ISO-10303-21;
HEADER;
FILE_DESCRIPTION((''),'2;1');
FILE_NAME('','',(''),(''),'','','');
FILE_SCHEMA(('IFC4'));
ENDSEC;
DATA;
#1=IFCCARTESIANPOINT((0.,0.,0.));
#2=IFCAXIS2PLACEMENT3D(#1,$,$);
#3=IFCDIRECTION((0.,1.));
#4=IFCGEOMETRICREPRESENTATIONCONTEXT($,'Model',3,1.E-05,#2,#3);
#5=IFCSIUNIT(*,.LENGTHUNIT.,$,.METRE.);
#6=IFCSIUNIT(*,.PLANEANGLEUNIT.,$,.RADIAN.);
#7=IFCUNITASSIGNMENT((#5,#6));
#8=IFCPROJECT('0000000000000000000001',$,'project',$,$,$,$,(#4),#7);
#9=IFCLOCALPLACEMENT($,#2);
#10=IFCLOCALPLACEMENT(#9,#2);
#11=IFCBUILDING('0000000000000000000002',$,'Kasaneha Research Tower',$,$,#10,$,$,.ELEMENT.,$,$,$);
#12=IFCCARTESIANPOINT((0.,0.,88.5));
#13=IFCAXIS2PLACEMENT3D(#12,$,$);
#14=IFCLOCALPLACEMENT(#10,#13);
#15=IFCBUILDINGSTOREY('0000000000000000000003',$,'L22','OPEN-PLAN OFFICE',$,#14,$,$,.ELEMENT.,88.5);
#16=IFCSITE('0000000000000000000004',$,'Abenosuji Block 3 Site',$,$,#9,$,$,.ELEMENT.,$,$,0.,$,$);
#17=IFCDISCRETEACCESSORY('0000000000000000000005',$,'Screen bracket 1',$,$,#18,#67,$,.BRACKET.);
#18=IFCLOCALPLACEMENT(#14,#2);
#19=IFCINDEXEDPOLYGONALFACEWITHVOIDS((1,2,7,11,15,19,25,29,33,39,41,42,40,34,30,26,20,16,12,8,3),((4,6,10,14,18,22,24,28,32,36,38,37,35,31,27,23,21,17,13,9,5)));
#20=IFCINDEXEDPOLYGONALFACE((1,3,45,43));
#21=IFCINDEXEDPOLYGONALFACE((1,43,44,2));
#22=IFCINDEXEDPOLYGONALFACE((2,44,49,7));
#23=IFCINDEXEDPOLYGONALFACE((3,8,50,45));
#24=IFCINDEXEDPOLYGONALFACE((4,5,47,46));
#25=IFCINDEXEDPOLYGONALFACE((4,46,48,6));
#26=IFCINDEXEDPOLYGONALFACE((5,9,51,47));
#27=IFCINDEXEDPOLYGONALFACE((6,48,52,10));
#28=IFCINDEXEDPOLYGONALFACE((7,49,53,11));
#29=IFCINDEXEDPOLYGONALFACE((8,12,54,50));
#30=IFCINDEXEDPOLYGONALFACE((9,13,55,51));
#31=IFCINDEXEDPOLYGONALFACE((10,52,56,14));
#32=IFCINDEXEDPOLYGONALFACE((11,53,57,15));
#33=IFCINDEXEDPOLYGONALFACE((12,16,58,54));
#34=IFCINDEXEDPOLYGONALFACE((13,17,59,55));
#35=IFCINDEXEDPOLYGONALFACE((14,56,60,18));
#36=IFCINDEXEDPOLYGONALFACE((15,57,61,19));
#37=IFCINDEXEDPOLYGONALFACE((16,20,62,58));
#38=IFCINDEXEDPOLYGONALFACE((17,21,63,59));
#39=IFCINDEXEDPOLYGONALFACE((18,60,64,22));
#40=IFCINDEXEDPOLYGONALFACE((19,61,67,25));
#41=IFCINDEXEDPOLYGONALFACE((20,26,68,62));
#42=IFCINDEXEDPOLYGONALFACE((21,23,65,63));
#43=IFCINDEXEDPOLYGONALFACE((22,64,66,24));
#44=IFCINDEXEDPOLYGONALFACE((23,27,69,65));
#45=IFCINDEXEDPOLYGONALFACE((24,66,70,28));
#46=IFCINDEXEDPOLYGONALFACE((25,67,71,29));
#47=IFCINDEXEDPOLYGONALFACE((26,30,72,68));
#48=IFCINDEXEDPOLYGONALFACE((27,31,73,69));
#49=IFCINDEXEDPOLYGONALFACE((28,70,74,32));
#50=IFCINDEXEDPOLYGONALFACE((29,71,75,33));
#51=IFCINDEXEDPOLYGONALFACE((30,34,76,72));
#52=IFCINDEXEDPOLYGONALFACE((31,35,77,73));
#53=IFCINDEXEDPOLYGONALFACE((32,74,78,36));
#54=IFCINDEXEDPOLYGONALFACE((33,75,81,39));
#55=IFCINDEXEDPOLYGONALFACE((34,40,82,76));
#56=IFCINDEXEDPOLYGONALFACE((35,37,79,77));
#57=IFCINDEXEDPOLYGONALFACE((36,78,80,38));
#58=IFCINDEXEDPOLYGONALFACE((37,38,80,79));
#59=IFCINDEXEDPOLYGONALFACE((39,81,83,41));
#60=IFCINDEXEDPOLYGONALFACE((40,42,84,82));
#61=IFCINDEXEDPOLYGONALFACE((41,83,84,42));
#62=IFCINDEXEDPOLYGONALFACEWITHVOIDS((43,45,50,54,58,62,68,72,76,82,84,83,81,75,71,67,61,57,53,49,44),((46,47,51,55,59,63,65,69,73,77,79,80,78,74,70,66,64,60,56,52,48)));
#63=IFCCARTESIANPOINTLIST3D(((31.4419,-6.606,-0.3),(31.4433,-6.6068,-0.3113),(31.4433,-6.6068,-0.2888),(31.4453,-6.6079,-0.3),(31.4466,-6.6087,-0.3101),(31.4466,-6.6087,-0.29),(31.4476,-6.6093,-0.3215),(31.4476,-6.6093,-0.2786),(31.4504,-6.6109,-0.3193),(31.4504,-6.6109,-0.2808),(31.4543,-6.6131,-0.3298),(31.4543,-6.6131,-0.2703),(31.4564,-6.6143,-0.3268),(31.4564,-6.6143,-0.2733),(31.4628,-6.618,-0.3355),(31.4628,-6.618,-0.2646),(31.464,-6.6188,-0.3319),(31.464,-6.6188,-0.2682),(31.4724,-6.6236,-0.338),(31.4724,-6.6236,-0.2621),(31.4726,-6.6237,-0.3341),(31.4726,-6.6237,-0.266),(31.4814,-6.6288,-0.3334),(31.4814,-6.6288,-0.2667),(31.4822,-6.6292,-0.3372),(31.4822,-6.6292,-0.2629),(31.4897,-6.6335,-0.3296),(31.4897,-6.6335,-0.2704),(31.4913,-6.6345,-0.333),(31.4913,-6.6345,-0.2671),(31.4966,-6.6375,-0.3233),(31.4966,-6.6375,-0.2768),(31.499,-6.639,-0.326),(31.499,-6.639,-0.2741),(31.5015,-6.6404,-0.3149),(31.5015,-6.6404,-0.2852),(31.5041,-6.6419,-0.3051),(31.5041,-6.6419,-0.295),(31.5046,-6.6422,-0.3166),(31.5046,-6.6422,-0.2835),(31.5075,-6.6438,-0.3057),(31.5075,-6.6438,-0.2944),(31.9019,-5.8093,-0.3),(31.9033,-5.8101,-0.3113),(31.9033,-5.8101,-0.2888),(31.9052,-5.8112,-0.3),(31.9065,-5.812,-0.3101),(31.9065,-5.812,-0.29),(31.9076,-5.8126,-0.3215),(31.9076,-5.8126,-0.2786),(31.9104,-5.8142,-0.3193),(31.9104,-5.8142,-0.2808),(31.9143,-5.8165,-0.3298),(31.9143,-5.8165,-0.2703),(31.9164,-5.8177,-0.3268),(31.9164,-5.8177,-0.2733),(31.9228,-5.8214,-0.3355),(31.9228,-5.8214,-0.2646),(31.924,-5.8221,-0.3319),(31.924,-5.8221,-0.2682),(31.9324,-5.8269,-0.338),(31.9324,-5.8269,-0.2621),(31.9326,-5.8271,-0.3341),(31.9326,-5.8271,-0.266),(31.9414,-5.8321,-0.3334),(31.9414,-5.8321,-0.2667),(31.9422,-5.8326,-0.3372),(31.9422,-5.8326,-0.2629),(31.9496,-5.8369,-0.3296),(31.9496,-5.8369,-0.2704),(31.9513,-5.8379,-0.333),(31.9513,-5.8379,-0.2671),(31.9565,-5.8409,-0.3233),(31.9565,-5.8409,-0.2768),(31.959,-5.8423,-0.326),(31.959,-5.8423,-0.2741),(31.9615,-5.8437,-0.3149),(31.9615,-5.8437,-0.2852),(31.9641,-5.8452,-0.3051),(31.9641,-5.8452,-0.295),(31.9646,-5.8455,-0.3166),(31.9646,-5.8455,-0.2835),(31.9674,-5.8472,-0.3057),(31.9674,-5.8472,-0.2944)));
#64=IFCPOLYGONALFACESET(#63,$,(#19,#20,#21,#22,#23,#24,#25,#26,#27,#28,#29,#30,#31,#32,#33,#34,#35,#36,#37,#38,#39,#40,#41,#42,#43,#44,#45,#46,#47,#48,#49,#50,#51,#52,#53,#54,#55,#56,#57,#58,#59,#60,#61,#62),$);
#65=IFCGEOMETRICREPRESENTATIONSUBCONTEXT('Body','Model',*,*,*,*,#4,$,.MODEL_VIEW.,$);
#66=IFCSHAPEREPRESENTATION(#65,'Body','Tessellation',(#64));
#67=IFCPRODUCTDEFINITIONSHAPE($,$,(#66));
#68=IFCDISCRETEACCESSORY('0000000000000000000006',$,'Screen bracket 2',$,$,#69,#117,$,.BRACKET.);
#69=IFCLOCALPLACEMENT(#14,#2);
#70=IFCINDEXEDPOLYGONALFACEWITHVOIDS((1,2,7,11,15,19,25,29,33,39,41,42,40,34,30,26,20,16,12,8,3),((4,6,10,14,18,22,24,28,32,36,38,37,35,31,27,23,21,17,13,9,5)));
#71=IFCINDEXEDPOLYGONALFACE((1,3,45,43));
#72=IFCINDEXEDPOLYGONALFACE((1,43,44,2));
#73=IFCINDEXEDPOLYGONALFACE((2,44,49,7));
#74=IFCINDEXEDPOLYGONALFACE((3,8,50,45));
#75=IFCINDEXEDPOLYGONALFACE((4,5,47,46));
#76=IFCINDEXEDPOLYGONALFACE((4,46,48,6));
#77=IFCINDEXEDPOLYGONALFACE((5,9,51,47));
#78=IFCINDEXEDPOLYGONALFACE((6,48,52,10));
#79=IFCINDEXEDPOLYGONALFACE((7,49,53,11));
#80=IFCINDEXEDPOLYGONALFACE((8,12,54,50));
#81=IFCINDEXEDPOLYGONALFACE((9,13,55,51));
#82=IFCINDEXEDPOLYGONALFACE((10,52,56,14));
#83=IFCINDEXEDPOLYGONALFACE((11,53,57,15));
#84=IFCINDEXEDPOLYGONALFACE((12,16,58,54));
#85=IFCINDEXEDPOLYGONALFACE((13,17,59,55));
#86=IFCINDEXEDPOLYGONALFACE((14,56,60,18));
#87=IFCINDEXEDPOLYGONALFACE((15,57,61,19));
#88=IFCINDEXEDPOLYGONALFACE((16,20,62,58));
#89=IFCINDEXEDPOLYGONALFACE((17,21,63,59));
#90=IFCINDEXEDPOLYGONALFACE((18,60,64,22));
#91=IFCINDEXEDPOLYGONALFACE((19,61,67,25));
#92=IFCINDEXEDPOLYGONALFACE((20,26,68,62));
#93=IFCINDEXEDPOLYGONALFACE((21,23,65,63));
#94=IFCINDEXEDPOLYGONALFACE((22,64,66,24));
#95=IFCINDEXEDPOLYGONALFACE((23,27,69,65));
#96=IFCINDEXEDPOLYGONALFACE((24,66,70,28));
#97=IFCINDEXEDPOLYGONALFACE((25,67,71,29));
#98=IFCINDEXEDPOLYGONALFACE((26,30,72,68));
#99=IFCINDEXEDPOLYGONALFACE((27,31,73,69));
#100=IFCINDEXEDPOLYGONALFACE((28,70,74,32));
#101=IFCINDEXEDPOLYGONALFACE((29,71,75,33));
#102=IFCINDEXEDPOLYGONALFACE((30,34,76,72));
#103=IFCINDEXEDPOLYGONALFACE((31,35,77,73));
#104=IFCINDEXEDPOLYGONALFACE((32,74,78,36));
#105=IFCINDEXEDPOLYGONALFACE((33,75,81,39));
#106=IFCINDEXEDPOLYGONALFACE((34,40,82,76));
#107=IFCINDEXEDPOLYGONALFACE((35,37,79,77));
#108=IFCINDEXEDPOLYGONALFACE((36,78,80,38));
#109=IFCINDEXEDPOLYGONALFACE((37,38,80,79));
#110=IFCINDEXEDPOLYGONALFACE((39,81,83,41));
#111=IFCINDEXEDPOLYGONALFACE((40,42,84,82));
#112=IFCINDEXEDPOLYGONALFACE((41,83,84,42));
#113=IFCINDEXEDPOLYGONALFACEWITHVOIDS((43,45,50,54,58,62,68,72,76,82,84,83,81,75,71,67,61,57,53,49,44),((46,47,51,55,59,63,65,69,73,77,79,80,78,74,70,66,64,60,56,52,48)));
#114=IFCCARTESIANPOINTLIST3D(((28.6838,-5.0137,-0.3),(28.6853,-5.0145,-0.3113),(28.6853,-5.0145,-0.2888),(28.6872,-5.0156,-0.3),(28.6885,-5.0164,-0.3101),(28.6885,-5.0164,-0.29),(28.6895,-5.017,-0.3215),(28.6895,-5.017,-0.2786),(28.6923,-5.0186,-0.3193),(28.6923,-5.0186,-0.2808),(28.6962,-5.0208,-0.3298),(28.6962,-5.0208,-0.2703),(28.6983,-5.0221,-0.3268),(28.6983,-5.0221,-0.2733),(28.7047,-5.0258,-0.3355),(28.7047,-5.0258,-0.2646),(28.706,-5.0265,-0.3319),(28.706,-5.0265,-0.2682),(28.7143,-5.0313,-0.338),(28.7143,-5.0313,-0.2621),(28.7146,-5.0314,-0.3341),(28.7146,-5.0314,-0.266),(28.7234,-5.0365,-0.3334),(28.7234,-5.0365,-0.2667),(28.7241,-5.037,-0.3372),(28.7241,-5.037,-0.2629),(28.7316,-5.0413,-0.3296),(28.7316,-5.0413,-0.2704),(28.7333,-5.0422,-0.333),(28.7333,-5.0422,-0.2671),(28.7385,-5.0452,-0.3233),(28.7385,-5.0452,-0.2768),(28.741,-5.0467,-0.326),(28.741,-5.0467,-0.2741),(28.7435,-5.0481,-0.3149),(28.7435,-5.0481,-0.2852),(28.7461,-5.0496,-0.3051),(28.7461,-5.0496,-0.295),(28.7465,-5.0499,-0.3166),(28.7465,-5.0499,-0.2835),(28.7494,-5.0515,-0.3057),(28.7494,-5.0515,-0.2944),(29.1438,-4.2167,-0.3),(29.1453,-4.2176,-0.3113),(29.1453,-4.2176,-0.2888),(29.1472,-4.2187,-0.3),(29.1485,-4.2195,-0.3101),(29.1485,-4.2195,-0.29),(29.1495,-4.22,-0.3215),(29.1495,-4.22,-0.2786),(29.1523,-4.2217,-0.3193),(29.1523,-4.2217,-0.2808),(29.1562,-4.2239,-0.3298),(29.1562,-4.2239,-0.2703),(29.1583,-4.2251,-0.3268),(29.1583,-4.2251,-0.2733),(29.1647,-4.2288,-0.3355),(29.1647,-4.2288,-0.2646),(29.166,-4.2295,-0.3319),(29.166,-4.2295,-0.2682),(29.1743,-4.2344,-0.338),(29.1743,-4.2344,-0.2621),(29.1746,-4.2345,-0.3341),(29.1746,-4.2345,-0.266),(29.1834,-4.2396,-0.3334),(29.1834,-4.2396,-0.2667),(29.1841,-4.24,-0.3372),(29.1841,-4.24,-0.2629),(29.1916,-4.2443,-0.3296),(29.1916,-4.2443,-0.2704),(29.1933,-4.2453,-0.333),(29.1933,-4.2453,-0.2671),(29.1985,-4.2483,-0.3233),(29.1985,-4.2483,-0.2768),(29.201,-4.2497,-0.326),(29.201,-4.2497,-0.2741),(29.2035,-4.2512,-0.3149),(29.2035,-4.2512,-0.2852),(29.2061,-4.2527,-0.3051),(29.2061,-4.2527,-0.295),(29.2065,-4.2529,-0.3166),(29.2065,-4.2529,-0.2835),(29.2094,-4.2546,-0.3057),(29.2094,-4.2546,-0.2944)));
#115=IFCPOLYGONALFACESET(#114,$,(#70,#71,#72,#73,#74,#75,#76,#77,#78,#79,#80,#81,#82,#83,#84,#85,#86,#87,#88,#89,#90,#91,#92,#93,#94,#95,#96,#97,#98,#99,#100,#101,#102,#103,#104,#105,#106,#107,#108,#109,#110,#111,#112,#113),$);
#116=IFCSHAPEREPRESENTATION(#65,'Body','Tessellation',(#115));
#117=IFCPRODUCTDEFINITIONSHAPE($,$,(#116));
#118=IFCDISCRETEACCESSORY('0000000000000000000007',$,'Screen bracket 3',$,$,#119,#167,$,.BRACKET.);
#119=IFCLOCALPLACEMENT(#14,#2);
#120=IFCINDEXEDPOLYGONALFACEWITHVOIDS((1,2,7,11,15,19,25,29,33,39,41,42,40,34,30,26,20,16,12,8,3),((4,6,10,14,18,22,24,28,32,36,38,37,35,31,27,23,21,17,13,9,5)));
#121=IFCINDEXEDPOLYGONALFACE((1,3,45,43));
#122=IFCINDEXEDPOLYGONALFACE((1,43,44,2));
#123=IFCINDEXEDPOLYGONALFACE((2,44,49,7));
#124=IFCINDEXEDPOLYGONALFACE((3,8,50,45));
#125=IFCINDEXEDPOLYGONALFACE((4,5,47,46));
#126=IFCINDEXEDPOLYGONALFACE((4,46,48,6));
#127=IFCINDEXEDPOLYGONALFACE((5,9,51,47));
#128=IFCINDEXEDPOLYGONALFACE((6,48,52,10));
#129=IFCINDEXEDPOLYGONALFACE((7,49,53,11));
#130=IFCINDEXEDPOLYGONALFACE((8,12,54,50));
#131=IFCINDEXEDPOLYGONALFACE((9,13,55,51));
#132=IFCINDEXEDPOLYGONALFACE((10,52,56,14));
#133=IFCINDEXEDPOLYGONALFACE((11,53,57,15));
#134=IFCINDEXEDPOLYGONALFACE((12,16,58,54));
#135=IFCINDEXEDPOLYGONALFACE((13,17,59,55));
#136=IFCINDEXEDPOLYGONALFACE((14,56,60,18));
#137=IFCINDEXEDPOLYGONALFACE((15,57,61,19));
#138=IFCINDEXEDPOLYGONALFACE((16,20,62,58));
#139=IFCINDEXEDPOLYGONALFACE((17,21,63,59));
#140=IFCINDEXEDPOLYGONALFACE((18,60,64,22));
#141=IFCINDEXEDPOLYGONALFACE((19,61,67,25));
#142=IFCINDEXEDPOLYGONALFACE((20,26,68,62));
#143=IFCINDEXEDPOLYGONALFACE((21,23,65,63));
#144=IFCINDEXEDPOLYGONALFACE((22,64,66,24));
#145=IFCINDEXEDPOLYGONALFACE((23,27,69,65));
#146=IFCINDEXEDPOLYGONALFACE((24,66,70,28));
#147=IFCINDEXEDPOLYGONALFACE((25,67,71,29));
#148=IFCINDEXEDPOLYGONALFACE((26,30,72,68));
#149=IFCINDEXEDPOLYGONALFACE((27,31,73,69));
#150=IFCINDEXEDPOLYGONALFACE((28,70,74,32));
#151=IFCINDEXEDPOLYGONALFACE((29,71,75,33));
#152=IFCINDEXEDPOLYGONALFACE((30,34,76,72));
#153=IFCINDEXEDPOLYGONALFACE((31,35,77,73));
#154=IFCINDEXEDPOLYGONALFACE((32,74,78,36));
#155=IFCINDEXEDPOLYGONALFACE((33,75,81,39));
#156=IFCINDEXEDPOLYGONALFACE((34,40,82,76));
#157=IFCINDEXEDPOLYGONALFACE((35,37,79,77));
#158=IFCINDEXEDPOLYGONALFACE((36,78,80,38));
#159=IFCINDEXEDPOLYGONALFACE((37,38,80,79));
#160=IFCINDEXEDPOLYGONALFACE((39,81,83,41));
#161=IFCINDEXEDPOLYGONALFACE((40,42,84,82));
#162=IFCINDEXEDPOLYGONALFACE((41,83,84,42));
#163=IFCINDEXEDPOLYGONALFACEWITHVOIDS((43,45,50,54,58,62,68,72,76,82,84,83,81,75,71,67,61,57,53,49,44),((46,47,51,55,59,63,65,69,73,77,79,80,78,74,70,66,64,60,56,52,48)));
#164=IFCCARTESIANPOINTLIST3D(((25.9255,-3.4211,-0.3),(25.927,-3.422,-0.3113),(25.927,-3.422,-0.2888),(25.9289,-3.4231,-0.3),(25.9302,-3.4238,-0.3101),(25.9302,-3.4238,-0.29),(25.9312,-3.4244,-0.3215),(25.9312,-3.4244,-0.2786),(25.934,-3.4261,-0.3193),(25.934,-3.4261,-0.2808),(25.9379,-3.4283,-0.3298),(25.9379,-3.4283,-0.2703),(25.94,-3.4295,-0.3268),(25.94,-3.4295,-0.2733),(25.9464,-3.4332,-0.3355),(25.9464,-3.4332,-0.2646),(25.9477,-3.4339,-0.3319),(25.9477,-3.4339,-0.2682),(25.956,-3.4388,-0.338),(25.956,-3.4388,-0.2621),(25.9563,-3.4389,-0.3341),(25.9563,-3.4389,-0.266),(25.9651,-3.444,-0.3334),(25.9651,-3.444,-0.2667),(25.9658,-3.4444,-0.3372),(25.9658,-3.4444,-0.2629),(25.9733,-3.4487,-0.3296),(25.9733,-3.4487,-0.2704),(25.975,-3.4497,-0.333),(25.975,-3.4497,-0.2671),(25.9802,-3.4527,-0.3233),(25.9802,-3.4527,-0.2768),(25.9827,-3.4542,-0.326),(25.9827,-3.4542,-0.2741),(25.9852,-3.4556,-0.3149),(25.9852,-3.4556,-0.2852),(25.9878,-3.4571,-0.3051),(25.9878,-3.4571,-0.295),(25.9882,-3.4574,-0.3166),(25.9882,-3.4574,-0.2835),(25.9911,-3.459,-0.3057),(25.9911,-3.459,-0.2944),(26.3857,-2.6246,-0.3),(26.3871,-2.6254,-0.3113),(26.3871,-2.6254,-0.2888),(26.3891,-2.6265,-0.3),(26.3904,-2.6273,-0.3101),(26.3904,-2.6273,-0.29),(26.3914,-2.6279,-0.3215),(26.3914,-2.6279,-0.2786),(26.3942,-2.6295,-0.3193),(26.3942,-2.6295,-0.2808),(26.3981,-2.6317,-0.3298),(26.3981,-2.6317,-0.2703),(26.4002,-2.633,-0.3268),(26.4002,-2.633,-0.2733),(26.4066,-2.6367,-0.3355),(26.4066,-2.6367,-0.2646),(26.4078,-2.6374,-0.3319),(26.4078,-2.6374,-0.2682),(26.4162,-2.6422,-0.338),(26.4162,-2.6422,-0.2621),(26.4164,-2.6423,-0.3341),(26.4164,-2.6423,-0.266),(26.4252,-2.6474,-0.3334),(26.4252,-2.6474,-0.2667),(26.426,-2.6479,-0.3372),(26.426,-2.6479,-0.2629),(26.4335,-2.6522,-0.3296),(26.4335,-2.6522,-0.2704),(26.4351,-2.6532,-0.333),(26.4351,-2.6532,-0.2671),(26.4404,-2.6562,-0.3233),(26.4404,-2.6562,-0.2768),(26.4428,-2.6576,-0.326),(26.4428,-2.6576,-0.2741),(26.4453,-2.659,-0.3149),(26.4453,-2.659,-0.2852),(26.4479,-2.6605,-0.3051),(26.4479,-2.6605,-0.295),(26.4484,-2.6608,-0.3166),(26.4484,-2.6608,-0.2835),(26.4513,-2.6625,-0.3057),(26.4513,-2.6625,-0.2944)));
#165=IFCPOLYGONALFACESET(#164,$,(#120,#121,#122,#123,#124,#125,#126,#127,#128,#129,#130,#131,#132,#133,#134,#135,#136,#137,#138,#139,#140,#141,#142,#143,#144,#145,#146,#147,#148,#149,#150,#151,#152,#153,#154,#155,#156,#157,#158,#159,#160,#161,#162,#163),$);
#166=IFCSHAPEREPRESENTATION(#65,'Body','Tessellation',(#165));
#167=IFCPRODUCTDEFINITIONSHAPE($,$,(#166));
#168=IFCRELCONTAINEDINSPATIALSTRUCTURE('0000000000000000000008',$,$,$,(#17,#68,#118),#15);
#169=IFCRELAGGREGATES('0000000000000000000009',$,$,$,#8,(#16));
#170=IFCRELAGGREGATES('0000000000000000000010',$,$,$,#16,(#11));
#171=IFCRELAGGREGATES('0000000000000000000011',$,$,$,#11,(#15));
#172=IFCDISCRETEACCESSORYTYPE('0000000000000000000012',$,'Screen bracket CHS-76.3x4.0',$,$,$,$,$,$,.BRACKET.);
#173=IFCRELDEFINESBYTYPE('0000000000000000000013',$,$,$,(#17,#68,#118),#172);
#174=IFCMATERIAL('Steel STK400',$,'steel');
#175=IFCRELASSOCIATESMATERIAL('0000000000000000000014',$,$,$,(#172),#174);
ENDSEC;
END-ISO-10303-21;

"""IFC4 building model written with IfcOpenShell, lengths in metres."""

from ifc_helpers import new_model, si_unit, direction, frame, origin, origin_2d, place, context, subcontext, project, spatial, hollow_circle, extrude, material, material_profile, profile_set, type_object, element, save


model = new_model("IFC4")

# Units and contexts
model_context = context("Model", 3, precision=1e-05, world=origin(), true_north=direction((0.0, 1.0)))
body_context = subcontext(model_context, "Body", "Model", "MODEL_VIEW")
ifc_project = project(units=[si_unit("LENGTHUNIT", "METRE"), si_unit("PLANEANGLEUNIT", "RADIAN")], contexts=[model_context])

# Site, building, storey
site_placement = place(None, origin())
site = spatial("IfcSite", under=ifc_project, at=site_placement, Name="Abenosuji Block 3 Site", CompositionType="ELEMENT", RefElevation=0.0)
building_placement = place(site_placement, origin())
building = spatial("IfcBuilding", under=site, at=building_placement, Name="Kasaneha Research Tower", CompositionType="ELEMENT")
storey_placement = place(building_placement, frame((0.0, 0.0, 88.5)))
storey = spatial("IfcBuildingStorey", under=building, at=storey_placement, Name="L22", Description="OPEN-PLAN OFFICE", CompositionType="ELEMENT", Elevation=88.5)

# Discrete accessories
ifc_material_1 = material(Name="Steel STK400", Category="steel")
ifc_material_profile_1 = material_profile(ifc_material_1, hollow_circle(Radius=0.0381, WallThickness=0.0039, at=origin_2d()), Name="CHS-76.3x4.0")
ifc_profile_set_1 = profile_set([ifc_material_profile_1], Name="Steel STK400")
discrete_accessory_type = type_object("IfcDiscreteAccessoryType", Name="Screen bracket CHS-76.3x4.0", PredefinedType="BRACKET", material=ifc_profile_set_1)
discrete_accessory_1_placement = place(storey_placement, frame((31.4749, -6.625, -0.3), z_axis=(0.500021, 0.866013, 0.0), x_axis=(-0.866013, 0.500021, 0.0)))
element("IfcDiscreteAccessory", 1, at=discrete_accessory_1_placement, inside=storey, type_object=discrete_accessory_type, Name="Screen bracket 1", PredefinedType="BRACKET", context=body_context, shape_type="SweptSolid", body=[
    extrude(hollow_circle(Radius=0.0381, WallThickness=0.0039, at=origin_2d()), origin(), (0.0, 0.0, 1.0), 0.9199),
])
discrete_accessory_2_placement = place(storey_placement, frame((28.7168, -5.0327, -0.3), z_axis=(0.499906, 0.86608, 0.0), x_axis=(-0.86608, 0.499906, 0.0)))
element("IfcDiscreteAccessory", 2, at=discrete_accessory_2_placement, inside=storey, type_object=discrete_accessory_type, Name="Screen bracket 2", PredefinedType="BRACKET", context=body_context, shape_type="SweptSolid", body=[
    extrude(hollow_circle(Radius=0.0381, WallThickness=0.0039, at=origin_2d()), origin(), (0.0, 0.0, 1.0), 0.9202),
])
discrete_accessory_3_placement = place(storey_placement, frame((25.9585, -3.4402, -0.3), z_axis=(0.50022, 0.865898, 0.0), x_axis=(-0.865898, 0.50022, 0.0)))
element("IfcDiscreteAccessory", 3, at=discrete_accessory_3_placement, inside=storey, type_object=discrete_accessory_type, Name="Screen bracket 3", PredefinedType="BRACKET", context=body_context, shape_type="SweptSolid", body=[
    extrude(hollow_circle(Radius=0.0381, WallThickness=0.0039, at=origin_2d()), origin(), (0.0, 0.0, 1.0), 0.9199),
])

save(model, "model.ifc")
